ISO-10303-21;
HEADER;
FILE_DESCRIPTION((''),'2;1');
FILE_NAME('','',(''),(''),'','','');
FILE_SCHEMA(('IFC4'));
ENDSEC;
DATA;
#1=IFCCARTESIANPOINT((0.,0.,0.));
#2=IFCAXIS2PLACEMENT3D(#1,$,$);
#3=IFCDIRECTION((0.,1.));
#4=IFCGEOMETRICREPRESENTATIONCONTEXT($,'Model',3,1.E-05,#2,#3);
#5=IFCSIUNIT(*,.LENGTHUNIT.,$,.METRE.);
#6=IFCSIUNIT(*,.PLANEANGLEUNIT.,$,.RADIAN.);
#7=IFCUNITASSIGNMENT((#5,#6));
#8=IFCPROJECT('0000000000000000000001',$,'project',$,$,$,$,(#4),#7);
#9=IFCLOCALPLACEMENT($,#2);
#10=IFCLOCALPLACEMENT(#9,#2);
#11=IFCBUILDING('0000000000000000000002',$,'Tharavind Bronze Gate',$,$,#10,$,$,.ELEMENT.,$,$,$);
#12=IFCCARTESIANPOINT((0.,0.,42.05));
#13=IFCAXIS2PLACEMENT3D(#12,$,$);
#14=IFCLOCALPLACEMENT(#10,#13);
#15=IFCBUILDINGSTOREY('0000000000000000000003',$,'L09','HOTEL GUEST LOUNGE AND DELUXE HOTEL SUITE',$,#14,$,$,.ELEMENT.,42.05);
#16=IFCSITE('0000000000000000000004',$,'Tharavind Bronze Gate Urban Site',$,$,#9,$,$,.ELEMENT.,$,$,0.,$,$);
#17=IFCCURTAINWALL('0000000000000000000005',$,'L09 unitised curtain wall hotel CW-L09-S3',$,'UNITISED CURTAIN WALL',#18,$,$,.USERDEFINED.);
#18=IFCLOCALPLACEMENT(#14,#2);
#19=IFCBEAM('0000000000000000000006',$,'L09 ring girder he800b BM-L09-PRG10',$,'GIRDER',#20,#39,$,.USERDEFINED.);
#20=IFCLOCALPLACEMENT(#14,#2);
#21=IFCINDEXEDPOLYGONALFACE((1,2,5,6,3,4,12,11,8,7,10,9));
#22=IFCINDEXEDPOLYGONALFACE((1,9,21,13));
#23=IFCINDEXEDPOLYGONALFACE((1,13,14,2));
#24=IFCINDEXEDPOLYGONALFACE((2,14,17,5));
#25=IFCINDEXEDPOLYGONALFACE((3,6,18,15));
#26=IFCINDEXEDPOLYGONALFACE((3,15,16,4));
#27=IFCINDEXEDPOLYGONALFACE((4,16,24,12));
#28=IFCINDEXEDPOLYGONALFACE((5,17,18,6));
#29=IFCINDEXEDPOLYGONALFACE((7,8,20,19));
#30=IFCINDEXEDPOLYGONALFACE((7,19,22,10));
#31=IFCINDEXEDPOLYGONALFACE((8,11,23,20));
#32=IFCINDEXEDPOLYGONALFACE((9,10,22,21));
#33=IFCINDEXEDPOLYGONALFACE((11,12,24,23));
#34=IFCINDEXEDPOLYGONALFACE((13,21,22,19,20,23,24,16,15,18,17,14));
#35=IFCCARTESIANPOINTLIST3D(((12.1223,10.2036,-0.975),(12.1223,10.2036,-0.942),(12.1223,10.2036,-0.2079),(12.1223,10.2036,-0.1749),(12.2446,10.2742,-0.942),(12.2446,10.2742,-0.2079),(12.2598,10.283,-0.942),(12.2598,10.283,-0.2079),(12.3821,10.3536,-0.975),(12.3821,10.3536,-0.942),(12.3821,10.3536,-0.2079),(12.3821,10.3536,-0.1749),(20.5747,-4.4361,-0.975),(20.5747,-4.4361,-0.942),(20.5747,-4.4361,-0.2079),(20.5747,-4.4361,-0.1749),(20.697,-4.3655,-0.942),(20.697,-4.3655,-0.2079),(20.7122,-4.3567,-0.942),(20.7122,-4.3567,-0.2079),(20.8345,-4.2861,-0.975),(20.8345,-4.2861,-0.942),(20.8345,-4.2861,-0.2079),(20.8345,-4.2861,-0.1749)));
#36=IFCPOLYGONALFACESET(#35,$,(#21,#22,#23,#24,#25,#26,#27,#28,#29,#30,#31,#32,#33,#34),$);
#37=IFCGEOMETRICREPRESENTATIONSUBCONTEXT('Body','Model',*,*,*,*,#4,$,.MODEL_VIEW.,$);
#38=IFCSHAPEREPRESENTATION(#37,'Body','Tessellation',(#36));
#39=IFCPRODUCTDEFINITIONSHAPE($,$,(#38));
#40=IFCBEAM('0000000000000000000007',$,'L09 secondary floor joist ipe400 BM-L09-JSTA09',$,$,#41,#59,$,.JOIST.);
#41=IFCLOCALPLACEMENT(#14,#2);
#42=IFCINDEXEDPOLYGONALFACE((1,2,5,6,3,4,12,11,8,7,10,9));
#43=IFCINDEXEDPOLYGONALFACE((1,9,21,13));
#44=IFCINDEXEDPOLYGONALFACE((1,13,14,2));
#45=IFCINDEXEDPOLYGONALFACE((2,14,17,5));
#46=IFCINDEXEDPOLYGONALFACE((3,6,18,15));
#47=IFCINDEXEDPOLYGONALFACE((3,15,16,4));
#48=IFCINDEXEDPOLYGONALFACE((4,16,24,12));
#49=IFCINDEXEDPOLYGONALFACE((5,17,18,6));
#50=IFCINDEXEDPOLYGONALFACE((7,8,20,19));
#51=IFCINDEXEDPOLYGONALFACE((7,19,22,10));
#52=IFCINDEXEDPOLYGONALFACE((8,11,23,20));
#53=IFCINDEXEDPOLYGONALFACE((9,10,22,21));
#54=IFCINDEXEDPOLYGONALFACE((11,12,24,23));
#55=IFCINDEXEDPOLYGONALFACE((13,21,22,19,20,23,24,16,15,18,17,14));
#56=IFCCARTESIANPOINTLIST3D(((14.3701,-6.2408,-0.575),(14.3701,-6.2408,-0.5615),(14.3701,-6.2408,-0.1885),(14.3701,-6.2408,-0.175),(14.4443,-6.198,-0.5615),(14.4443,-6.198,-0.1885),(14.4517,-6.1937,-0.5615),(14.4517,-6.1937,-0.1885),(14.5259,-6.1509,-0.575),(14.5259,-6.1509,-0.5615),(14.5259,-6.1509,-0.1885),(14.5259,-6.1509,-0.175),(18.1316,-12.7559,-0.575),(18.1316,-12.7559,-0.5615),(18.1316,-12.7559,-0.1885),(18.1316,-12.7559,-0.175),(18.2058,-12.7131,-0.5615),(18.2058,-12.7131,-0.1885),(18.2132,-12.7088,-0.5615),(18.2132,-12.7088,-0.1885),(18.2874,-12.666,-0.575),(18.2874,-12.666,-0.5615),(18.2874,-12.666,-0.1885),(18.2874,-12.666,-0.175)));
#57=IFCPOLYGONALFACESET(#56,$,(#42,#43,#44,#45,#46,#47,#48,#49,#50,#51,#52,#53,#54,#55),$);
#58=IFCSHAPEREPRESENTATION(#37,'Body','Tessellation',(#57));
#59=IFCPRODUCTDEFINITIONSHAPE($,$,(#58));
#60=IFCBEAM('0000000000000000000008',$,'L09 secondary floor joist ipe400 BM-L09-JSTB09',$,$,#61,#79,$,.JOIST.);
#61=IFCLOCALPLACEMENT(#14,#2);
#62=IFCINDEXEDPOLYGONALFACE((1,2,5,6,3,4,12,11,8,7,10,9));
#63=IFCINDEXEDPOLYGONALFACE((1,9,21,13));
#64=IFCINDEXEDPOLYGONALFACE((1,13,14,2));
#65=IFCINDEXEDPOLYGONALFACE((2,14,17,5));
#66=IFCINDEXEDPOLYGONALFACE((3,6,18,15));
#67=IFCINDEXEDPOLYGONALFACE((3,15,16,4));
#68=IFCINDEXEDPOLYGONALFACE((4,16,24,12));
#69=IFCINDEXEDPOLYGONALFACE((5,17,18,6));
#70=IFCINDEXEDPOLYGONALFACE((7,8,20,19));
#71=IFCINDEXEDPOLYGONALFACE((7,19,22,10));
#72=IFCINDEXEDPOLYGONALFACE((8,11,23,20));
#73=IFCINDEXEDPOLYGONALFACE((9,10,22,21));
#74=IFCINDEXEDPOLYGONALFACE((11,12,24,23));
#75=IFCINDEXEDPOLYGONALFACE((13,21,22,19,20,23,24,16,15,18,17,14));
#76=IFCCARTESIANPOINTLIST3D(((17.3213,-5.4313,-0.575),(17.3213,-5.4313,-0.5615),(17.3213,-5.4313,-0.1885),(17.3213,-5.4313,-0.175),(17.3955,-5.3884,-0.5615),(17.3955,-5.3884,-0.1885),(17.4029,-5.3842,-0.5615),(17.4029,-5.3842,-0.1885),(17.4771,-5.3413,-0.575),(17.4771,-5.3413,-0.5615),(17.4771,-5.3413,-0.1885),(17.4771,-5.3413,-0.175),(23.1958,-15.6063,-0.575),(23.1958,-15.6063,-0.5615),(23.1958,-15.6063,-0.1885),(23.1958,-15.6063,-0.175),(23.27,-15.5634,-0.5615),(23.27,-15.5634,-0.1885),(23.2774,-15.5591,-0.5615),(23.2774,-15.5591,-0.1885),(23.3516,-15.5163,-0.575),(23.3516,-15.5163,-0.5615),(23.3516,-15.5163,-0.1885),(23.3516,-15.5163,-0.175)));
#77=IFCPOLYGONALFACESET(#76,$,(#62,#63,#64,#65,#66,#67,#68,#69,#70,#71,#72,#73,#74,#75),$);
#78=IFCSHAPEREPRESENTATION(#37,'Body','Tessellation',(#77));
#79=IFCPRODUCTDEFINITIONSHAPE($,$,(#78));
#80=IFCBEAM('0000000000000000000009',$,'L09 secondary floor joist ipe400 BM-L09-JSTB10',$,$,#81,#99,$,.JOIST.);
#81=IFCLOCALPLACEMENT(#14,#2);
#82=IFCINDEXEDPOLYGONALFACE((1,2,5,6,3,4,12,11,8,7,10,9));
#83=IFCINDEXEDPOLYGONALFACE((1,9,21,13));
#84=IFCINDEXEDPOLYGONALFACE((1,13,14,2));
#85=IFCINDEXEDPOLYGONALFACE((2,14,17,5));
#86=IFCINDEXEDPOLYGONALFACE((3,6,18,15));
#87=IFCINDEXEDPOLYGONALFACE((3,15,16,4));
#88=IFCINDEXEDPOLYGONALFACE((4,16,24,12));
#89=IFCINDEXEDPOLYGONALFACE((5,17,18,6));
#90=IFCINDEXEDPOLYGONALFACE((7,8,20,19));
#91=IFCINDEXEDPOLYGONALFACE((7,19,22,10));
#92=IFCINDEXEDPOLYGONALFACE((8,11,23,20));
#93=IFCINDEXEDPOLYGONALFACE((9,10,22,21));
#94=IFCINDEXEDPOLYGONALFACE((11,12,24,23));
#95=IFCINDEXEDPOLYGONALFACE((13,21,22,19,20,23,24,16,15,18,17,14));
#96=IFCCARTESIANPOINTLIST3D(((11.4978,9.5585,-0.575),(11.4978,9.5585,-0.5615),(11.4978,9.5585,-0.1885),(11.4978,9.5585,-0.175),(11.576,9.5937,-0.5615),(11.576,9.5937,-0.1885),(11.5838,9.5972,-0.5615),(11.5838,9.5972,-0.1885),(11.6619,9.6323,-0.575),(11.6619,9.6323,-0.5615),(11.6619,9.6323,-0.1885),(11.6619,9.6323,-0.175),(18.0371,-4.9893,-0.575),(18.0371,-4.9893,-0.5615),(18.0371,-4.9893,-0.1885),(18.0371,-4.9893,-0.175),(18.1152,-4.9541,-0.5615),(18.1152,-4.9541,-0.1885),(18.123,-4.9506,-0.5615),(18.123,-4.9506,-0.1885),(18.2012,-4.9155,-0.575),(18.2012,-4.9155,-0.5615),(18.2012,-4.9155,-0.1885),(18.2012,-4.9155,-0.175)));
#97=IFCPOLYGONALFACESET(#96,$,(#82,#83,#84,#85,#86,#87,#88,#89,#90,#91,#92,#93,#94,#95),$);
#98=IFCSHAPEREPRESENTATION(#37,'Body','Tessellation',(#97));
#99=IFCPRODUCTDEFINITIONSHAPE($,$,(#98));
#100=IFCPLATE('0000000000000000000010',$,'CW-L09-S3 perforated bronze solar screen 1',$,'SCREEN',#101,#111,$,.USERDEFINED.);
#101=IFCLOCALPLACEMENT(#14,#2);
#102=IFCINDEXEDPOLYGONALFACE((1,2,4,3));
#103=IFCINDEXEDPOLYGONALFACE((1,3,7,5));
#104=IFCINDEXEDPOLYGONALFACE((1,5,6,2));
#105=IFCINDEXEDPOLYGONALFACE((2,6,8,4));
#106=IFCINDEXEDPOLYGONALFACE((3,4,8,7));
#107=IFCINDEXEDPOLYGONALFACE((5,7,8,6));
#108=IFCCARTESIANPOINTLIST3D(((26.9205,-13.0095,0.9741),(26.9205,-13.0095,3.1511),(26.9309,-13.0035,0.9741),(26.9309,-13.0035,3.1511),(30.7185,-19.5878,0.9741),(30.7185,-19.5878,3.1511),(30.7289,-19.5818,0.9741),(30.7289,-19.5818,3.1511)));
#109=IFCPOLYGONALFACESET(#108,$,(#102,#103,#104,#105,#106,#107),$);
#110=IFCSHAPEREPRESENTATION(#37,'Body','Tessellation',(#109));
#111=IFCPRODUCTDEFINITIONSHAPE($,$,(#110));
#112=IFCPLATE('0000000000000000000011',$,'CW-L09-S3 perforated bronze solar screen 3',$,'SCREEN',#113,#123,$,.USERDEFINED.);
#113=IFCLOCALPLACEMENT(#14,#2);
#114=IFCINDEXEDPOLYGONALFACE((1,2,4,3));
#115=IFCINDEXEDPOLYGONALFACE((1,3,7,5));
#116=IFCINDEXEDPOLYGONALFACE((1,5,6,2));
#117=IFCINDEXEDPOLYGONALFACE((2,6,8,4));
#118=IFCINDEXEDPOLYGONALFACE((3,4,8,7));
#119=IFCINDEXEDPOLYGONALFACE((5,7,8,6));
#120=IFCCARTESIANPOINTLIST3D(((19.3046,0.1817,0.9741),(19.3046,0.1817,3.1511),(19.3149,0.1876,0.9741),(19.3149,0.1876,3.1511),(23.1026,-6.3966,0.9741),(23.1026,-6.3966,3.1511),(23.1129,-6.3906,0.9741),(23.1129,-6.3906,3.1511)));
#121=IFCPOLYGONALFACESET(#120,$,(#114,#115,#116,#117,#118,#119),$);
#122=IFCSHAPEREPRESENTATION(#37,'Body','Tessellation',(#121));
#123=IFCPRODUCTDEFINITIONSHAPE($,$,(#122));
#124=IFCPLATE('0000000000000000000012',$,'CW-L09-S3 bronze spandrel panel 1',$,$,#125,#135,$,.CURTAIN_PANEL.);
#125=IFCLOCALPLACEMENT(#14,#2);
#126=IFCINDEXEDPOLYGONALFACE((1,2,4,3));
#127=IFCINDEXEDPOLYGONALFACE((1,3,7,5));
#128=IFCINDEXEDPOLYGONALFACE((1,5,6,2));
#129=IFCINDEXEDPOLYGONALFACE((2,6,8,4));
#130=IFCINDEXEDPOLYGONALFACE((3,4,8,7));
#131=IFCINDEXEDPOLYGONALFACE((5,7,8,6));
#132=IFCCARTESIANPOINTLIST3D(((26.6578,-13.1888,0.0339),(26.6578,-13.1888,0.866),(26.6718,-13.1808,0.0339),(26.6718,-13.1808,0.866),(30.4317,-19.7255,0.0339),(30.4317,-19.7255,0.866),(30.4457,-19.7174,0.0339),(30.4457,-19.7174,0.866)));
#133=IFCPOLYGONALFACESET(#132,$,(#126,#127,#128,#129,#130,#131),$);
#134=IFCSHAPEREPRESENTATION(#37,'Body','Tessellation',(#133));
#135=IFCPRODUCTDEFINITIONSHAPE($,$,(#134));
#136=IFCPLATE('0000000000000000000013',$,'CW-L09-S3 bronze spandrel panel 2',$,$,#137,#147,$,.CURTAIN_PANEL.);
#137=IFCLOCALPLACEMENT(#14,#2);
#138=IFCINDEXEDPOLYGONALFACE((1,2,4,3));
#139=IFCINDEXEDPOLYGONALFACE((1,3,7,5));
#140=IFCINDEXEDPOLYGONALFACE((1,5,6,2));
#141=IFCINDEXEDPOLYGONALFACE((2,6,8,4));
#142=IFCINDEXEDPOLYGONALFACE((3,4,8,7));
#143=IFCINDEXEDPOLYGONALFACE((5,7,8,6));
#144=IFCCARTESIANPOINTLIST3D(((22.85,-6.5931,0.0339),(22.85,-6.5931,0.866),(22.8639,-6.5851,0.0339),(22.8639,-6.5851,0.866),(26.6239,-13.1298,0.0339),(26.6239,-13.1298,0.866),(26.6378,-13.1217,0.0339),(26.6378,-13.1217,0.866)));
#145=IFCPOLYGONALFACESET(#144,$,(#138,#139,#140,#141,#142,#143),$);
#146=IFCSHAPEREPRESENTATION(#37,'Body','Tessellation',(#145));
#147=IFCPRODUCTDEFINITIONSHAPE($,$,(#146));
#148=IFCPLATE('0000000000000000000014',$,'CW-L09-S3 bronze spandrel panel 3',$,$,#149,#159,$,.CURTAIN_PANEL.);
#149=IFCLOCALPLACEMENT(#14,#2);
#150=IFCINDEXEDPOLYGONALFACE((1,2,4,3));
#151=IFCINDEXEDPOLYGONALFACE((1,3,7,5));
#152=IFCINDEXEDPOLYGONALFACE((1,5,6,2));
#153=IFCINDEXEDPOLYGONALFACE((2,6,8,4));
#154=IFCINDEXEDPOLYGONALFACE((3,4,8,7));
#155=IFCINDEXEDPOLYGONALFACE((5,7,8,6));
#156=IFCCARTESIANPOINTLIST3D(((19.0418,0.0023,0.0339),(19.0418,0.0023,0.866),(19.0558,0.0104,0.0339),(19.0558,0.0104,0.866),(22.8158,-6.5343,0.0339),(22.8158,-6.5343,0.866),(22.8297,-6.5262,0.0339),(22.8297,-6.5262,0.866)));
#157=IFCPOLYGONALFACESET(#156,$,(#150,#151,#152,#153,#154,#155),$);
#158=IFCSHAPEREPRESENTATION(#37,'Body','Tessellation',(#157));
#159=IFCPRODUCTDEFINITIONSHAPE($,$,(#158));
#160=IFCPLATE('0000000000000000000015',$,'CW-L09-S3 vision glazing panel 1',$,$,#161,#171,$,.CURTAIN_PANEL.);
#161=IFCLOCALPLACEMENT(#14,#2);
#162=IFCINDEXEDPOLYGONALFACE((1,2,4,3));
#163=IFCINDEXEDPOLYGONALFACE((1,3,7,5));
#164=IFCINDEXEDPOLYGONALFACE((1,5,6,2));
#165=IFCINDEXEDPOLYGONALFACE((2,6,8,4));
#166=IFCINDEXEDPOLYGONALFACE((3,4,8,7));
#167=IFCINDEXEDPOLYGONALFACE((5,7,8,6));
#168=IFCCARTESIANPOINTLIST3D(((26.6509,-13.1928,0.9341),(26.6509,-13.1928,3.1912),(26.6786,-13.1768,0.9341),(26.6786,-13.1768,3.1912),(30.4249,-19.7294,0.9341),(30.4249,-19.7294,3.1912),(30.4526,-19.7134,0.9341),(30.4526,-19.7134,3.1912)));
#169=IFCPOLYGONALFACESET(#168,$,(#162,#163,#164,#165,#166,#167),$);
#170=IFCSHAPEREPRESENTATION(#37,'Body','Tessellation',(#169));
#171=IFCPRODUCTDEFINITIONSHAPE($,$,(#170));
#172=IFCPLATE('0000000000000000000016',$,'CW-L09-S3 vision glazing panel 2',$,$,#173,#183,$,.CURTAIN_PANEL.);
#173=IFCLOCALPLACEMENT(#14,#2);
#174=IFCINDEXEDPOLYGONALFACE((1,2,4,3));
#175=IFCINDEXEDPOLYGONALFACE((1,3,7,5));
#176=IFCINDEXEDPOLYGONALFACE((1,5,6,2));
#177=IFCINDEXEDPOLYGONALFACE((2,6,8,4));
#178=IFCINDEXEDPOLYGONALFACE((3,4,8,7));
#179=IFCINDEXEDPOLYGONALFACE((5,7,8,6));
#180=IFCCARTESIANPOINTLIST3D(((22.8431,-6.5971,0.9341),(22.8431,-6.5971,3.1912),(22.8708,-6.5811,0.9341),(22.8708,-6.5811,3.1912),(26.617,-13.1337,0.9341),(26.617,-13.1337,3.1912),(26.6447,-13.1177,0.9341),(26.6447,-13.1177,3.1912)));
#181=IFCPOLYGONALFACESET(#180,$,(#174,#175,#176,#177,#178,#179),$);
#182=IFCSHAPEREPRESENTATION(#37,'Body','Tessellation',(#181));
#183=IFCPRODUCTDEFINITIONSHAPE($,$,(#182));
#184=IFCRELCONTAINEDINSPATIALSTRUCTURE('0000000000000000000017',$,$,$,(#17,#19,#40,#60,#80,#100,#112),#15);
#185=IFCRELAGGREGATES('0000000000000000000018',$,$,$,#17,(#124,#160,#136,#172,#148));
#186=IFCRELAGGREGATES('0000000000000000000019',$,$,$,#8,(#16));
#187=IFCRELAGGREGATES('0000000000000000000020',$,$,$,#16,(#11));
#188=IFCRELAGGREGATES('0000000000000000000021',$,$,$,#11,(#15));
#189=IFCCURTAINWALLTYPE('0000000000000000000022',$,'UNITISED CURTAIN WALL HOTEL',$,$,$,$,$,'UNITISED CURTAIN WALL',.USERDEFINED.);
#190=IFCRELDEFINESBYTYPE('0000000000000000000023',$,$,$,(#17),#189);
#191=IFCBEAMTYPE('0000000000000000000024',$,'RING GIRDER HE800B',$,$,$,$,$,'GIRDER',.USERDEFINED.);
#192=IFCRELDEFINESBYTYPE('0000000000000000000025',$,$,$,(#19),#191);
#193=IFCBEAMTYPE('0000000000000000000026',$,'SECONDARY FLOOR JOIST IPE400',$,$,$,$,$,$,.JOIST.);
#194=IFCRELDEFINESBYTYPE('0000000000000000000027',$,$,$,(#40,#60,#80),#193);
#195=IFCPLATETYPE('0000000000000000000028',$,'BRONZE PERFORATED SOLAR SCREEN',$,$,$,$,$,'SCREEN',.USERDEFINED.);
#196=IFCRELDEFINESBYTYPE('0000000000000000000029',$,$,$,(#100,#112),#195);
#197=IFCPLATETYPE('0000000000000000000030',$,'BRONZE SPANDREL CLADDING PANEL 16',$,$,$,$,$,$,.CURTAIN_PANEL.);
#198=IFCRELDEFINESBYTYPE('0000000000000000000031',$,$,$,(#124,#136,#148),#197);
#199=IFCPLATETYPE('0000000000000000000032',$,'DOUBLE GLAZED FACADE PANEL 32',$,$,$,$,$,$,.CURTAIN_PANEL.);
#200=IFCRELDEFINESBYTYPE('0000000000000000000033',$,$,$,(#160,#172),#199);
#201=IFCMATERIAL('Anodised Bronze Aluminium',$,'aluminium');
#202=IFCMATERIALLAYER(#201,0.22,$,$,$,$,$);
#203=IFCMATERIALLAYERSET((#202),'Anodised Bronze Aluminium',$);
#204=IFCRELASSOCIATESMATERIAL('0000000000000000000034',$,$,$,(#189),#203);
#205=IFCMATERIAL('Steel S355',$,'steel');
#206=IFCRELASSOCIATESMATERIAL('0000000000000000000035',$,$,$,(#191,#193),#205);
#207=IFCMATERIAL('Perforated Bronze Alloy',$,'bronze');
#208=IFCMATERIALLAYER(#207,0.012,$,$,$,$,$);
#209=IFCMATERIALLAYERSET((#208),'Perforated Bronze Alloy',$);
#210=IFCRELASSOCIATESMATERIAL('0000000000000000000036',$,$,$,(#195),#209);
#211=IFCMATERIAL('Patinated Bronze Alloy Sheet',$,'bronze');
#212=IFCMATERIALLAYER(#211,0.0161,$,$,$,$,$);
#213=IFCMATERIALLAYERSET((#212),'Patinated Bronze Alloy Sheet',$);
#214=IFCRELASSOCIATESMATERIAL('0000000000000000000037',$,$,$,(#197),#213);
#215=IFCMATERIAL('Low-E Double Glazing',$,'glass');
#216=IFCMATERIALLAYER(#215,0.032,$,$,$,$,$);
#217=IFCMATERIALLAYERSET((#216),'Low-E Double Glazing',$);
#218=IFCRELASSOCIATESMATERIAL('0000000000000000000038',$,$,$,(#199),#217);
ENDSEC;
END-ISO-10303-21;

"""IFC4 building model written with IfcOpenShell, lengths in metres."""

from ifc_helpers import new_model, si_unit, direction, frame, origin, origin_2d, place, context, subcontext, project, spatial, rectangle, i_section, extrude, material, layer, layer_set, material_profile, profile_set, type_object, element, aggregate, save


model = new_model("IFC4")

# Units and contexts
model_context = context("Model", 3, precision=1e-05, world=origin(), true_north=direction((0.0, 1.0)))
body_context = subcontext(model_context, "Body", "Model", "MODEL_VIEW")
ifc_project = project(units=[si_unit("LENGTHUNIT", "METRE"), si_unit("PLANEANGLEUNIT", "RADIAN")], contexts=[model_context])

# Site, building, storey
site_placement = place(None, origin())
site = spatial("IfcSite", under=ifc_project, at=site_placement, Name="Tharavind Bronze Gate Urban Site", CompositionType="ELEMENT", RefElevation=0.0)
building_placement = place(site_placement, origin())
building = spatial("IfcBuilding", under=site, at=building_placement, Name="Tharavind Bronze Gate", CompositionType="ELEMENT")
storey_placement = place(building_placement, frame((0.0, 0.0, 42.05)))
storey = spatial("IfcBuildingStorey", under=building, at=storey_placement, Name="L09", Description="HOTEL GUEST LOUNGE AND DELUXE HOTEL SUITE", CompositionType="ELEMENT", Elevation=42.05)

# Curtain wall
ifc_material_1 = material(Name="Anodised Bronze Aluminium", Category="aluminium")
ifc_layer_1 = layer(ifc_material_1, 0.22)
ifc_layer_set_1 = layer_set([ifc_layer_1], Name="Anodised Bronze Aluminium")
curtain_wall_type = type_object("IfcCurtainWallType", Name="UNITISED CURTAIN WALL HOTEL", ElementType="UNITISED CURTAIN WALL", PredefinedType="USERDEFINED", material=ifc_layer_set_1)
curtain_wall_placement = place(storey_placement, origin())
curtain_wall = element("IfcCurtainWall", 1, at=curtain_wall_placement, inside=storey, type_object=curtain_wall_type, Name="L09 unitised curtain wall hotel CW-L09-S3", ObjectType="UNITISED CURTAIN WALL", PredefinedType="USERDEFINED")

# Beams
ifc_material_2 = material(Name="Steel S355", Category="steel")
ifc_material_profile_1 = material_profile(ifc_material_2, i_section(OverallWidth=0.3, OverallDepth=0.8, WebThickness=0.0176, FlangeThickness=0.033, at=origin_2d()), Name="HE800B")
ifc_profile_set_1 = profile_set([ifc_material_profile_1], Name="Steel S355")
beam_type_1 = type_object("IfcBeamType", Name="RING GIRDER HE800B", ElementType="GIRDER", PredefinedType="USERDEFINED", material=ifc_profile_set_1)
beam_1_placement = place(storey_placement, frame((20.7046, -4.3611, -0.575), z_axis=(-0.500008, 0.866021, 0.0), x_axis=(-0.866021, -0.500008, 0.0)))
element("IfcBeam", 2, at=beam_1_placement, inside=storey, type_object=beam_type_1, Name="L09 ring girder he800b BM-L09-PRG10", ObjectType="GIRDER", PredefinedType="USERDEFINED", context=body_context, shape_type="SweptSolid", body=[
    extrude(i_section(OverallWidth=0.3, OverallDepth=0.8, WebThickness=0.0176, FlangeThickness=0.033, at=origin_2d()), origin(), (0.0, 0.0, 1.0), 16.9045),
])
ifc_material_profile_2 = material_profile(ifc_material_2, i_section(OverallWidth=0.1799, OverallDepth=0.3999, WebThickness=0.0085, FlangeThickness=0.0134, at=origin_2d()), Name="IPE400")
ifc_profile_set_2 = profile_set([ifc_material_profile_2], Name="Steel S355")
beam_type_2 = type_object("IfcBeamType", Name="SECONDARY FLOOR JOIST IPE400", PredefinedType="JOIST", material=ifc_profile_set_2)
beam_2_placement = place(storey_placement, frame((18.2095, -12.7109, -0.375), z_axis=(-0.499996, 0.866028, 0.0), x_axis=(-0.866028, -0.499996, 0.0)))
element("IfcBeam", 3, at=beam_2_placement, inside=storey, type_object=beam_type_2, Name="L09 secondary floor joist ipe400 BM-L09-JSTA09", PredefinedType="JOIST", context=body_context, shape_type="SweptSolid", body=[
    extrude(i_section(OverallWidth=0.1799, OverallDepth=0.3999, WebThickness=0.0085, FlangeThickness=0.0134, at=origin_2d()), origin(), (0.0, 0.0, 1.0), 7.5229),
])
beam_3_placement = place(storey_placement, frame((23.2737, -15.5613, -0.375), z_axis=(-0.499996, 0.866027, 0.0), x_axis=(-0.866027, -0.499996, 0.0)))
element("IfcBeam", 4, at=beam_3_placement, inside=storey, type_object=beam_type_2, Name="L09 secondary floor joist ipe400 BM-L09-JSTB09", PredefinedType="JOIST", context=body_context, shape_type="SweptSolid", body=[
    extrude(i_section(OverallWidth=0.1799, OverallDepth=0.3999, WebThickness=0.0085, FlangeThickness=0.0134, at=origin_2d()), origin(), (0.0, 0.0, 1.0), 11.749),
])
beam_4_placement = place(storey_placement, frame((18.1191, -4.9524, -0.375), z_axis=(-0.409988, 0.912091, 0.0), x_axis=(-0.912091, -0.409988, 0.0)))
element("IfcBeam", 5, at=beam_4_placement, inside=storey, type_object=beam_type_2, Name="L09 secondary floor joist ipe400 BM-L09-JSTB10", PredefinedType="JOIST", context=body_context, shape_type="SweptSolid", body=[
    extrude(i_section(OverallWidth=0.1799, OverallDepth=0.3999, WebThickness=0.0085, FlangeThickness=0.0134, at=origin_2d()), origin(), (0.0, 0.0, 1.0), 15.95),
])

# Plates
ifc_material_3 = material(Name="Perforated Bronze Alloy", Category="bronze")
ifc_layer_2 = layer(ifc_material_3, 0.012)
ifc_layer_set_2 = layer_set([ifc_layer_2], Name="Perforated Bronze Alloy")
plate_type_1 = type_object("IfcPlateType", Name="BRONZE PERFORATED SOLAR SCREEN", ElementType="SCREEN", PredefinedType="USERDEFINED", material=ifc_layer_set_2)
for number, where, z_axis, x_axis, name in (
    (6, (28.8247, -16.2957, 0.9741), (0.0, 0.0, 1.0), (-0.500002, 0.866025, 0.0), "CW-L09-S3 perforated bronze solar screen 1"),
    (7, (21.2087, -3.1045, 0.9741), (0.0, 0.0, 1.0), (-0.500002, 0.866025, 0.0), "CW-L09-S3 perforated bronze solar screen 3"),
):
    element("IfcPlate", number, at=place(storey_placement, frame(where, z_axis=z_axis, x_axis=x_axis)), inside=storey, type_object=plate_type_1, Name=name, ObjectType="SCREEN", PredefinedType="USERDEFINED", context=body_context, shape_type="SweptSolid", body=[
        extrude(rectangle(XDim=7.5959, YDim=0.012, at=origin_2d()), origin(), (0.0, 0.0, 1.0), 2.177),
    ])

# Plates
ifc_material_4 = material(Name="Patinated Bronze Alloy Sheet", Category="bronze")
ifc_layer_3 = layer(ifc_material_4, 0.0161)
ifc_layer_set_3 = layer_set([ifc_layer_3], Name="Patinated Bronze Alloy Sheet")
plate_type_2 = type_object("IfcPlateType", Name="BRONZE SPANDREL CLADDING PANEL 16", PredefinedType="CURTAIN_PANEL", material=ifc_layer_set_3)
plate_1_placement = place(storey_placement, frame((28.5518, -16.4531, 0.0339), z_axis=(0.0, 0.0, 1.0), x_axis=(-0.500002, 0.866025, 0.0)))
plate_1 = element("IfcPlate", 8, at=plate_1_placement, type_object=plate_type_2, Name="CW-L09-S3 bronze spandrel panel 1", PredefinedType="CURTAIN_PANEL", context=body_context, shape_type="SweptSolid", body=[
    extrude(rectangle(XDim=7.5479, YDim=0.0161, at=origin_2d()), origin(), (0.0, 0.0, 1.0), 0.832),
])
plate_2_placement = place(storey_placement, frame((24.7439, -9.8574, 0.0339), z_axis=(0.0, 0.0, 1.0), x_axis=(-0.500002, 0.866025, 0.0)))
plate_2 = element("IfcPlate", 9, at=plate_2_placement, type_object=plate_type_2, Name="CW-L09-S3 bronze spandrel panel 2", PredefinedType="CURTAIN_PANEL", context=body_context, shape_type="SweptSolid", body=[
    extrude(rectangle(XDim=7.5479, YDim=0.0161, at=origin_2d()), origin(), (0.0, 0.0, 1.0), 0.832),
])
plate_3_placement = place(storey_placement, frame((20.9358, -3.262, 0.0339), z_axis=(0.0, 0.0, 1.0), x_axis=(-0.500002, 0.866025, 0.0)))
plate_3 = element("IfcPlate", 10, at=plate_3_placement, type_object=plate_type_2, Name="CW-L09-S3 bronze spandrel panel 3", PredefinedType="CURTAIN_PANEL", context=body_context, shape_type="SweptSolid", body=[
    extrude(rectangle(XDim=7.5479, YDim=0.0161, at=origin_2d()), origin(), (0.0, 0.0, 1.0), 0.832),
])
ifc_material_5 = material(Name="Low-E Double Glazing", Category="glass")
ifc_layer_4 = layer(ifc_material_5, 0.032)
ifc_layer_set_4 = layer_set([ifc_layer_4], Name="Low-E Double Glazing")
plate_type_3 = type_object("IfcPlateType", Name="DOUBLE GLAZED FACADE PANEL 32", PredefinedType="CURTAIN_PANEL", material=ifc_layer_set_4)
plate_4_placement = place(storey_placement, frame((28.5518, -16.4531, 0.9341), z_axis=(0.0, 0.0, 1.0), x_axis=(-0.500002, 0.866025, 0.0)))
plate_4 = element("IfcPlate", 11, at=plate_4_placement, type_object=plate_type_3, Name="CW-L09-S3 vision glazing panel 1", PredefinedType="CURTAIN_PANEL", context=body_context, shape_type="SweptSolid", body=[
    extrude(rectangle(XDim=7.5479, YDim=0.032, at=origin_2d()), origin(), (0.0, 0.0, 1.0), 2.2571),
])
plate_5_placement = place(storey_placement, frame((24.7439, -9.8574, 0.9341), z_axis=(0.0, 0.0, 1.0), x_axis=(-0.500002, 0.866025, 0.0)))
plate_5 = element("IfcPlate", 12, at=plate_5_placement, type_object=plate_type_3, Name="CW-L09-S3 vision glazing panel 2", PredefinedType="CURTAIN_PANEL", context=body_context, shape_type="SweptSolid", body=[
    extrude(rectangle(XDim=7.5479, YDim=0.032, at=origin_2d()), origin(), (0.0, 0.0, 1.0), 2.2571),
])
aggregate(curtain_wall, [plate_1, plate_4, plate_2, plate_5, plate_3])

save(model, "model.ifc")
